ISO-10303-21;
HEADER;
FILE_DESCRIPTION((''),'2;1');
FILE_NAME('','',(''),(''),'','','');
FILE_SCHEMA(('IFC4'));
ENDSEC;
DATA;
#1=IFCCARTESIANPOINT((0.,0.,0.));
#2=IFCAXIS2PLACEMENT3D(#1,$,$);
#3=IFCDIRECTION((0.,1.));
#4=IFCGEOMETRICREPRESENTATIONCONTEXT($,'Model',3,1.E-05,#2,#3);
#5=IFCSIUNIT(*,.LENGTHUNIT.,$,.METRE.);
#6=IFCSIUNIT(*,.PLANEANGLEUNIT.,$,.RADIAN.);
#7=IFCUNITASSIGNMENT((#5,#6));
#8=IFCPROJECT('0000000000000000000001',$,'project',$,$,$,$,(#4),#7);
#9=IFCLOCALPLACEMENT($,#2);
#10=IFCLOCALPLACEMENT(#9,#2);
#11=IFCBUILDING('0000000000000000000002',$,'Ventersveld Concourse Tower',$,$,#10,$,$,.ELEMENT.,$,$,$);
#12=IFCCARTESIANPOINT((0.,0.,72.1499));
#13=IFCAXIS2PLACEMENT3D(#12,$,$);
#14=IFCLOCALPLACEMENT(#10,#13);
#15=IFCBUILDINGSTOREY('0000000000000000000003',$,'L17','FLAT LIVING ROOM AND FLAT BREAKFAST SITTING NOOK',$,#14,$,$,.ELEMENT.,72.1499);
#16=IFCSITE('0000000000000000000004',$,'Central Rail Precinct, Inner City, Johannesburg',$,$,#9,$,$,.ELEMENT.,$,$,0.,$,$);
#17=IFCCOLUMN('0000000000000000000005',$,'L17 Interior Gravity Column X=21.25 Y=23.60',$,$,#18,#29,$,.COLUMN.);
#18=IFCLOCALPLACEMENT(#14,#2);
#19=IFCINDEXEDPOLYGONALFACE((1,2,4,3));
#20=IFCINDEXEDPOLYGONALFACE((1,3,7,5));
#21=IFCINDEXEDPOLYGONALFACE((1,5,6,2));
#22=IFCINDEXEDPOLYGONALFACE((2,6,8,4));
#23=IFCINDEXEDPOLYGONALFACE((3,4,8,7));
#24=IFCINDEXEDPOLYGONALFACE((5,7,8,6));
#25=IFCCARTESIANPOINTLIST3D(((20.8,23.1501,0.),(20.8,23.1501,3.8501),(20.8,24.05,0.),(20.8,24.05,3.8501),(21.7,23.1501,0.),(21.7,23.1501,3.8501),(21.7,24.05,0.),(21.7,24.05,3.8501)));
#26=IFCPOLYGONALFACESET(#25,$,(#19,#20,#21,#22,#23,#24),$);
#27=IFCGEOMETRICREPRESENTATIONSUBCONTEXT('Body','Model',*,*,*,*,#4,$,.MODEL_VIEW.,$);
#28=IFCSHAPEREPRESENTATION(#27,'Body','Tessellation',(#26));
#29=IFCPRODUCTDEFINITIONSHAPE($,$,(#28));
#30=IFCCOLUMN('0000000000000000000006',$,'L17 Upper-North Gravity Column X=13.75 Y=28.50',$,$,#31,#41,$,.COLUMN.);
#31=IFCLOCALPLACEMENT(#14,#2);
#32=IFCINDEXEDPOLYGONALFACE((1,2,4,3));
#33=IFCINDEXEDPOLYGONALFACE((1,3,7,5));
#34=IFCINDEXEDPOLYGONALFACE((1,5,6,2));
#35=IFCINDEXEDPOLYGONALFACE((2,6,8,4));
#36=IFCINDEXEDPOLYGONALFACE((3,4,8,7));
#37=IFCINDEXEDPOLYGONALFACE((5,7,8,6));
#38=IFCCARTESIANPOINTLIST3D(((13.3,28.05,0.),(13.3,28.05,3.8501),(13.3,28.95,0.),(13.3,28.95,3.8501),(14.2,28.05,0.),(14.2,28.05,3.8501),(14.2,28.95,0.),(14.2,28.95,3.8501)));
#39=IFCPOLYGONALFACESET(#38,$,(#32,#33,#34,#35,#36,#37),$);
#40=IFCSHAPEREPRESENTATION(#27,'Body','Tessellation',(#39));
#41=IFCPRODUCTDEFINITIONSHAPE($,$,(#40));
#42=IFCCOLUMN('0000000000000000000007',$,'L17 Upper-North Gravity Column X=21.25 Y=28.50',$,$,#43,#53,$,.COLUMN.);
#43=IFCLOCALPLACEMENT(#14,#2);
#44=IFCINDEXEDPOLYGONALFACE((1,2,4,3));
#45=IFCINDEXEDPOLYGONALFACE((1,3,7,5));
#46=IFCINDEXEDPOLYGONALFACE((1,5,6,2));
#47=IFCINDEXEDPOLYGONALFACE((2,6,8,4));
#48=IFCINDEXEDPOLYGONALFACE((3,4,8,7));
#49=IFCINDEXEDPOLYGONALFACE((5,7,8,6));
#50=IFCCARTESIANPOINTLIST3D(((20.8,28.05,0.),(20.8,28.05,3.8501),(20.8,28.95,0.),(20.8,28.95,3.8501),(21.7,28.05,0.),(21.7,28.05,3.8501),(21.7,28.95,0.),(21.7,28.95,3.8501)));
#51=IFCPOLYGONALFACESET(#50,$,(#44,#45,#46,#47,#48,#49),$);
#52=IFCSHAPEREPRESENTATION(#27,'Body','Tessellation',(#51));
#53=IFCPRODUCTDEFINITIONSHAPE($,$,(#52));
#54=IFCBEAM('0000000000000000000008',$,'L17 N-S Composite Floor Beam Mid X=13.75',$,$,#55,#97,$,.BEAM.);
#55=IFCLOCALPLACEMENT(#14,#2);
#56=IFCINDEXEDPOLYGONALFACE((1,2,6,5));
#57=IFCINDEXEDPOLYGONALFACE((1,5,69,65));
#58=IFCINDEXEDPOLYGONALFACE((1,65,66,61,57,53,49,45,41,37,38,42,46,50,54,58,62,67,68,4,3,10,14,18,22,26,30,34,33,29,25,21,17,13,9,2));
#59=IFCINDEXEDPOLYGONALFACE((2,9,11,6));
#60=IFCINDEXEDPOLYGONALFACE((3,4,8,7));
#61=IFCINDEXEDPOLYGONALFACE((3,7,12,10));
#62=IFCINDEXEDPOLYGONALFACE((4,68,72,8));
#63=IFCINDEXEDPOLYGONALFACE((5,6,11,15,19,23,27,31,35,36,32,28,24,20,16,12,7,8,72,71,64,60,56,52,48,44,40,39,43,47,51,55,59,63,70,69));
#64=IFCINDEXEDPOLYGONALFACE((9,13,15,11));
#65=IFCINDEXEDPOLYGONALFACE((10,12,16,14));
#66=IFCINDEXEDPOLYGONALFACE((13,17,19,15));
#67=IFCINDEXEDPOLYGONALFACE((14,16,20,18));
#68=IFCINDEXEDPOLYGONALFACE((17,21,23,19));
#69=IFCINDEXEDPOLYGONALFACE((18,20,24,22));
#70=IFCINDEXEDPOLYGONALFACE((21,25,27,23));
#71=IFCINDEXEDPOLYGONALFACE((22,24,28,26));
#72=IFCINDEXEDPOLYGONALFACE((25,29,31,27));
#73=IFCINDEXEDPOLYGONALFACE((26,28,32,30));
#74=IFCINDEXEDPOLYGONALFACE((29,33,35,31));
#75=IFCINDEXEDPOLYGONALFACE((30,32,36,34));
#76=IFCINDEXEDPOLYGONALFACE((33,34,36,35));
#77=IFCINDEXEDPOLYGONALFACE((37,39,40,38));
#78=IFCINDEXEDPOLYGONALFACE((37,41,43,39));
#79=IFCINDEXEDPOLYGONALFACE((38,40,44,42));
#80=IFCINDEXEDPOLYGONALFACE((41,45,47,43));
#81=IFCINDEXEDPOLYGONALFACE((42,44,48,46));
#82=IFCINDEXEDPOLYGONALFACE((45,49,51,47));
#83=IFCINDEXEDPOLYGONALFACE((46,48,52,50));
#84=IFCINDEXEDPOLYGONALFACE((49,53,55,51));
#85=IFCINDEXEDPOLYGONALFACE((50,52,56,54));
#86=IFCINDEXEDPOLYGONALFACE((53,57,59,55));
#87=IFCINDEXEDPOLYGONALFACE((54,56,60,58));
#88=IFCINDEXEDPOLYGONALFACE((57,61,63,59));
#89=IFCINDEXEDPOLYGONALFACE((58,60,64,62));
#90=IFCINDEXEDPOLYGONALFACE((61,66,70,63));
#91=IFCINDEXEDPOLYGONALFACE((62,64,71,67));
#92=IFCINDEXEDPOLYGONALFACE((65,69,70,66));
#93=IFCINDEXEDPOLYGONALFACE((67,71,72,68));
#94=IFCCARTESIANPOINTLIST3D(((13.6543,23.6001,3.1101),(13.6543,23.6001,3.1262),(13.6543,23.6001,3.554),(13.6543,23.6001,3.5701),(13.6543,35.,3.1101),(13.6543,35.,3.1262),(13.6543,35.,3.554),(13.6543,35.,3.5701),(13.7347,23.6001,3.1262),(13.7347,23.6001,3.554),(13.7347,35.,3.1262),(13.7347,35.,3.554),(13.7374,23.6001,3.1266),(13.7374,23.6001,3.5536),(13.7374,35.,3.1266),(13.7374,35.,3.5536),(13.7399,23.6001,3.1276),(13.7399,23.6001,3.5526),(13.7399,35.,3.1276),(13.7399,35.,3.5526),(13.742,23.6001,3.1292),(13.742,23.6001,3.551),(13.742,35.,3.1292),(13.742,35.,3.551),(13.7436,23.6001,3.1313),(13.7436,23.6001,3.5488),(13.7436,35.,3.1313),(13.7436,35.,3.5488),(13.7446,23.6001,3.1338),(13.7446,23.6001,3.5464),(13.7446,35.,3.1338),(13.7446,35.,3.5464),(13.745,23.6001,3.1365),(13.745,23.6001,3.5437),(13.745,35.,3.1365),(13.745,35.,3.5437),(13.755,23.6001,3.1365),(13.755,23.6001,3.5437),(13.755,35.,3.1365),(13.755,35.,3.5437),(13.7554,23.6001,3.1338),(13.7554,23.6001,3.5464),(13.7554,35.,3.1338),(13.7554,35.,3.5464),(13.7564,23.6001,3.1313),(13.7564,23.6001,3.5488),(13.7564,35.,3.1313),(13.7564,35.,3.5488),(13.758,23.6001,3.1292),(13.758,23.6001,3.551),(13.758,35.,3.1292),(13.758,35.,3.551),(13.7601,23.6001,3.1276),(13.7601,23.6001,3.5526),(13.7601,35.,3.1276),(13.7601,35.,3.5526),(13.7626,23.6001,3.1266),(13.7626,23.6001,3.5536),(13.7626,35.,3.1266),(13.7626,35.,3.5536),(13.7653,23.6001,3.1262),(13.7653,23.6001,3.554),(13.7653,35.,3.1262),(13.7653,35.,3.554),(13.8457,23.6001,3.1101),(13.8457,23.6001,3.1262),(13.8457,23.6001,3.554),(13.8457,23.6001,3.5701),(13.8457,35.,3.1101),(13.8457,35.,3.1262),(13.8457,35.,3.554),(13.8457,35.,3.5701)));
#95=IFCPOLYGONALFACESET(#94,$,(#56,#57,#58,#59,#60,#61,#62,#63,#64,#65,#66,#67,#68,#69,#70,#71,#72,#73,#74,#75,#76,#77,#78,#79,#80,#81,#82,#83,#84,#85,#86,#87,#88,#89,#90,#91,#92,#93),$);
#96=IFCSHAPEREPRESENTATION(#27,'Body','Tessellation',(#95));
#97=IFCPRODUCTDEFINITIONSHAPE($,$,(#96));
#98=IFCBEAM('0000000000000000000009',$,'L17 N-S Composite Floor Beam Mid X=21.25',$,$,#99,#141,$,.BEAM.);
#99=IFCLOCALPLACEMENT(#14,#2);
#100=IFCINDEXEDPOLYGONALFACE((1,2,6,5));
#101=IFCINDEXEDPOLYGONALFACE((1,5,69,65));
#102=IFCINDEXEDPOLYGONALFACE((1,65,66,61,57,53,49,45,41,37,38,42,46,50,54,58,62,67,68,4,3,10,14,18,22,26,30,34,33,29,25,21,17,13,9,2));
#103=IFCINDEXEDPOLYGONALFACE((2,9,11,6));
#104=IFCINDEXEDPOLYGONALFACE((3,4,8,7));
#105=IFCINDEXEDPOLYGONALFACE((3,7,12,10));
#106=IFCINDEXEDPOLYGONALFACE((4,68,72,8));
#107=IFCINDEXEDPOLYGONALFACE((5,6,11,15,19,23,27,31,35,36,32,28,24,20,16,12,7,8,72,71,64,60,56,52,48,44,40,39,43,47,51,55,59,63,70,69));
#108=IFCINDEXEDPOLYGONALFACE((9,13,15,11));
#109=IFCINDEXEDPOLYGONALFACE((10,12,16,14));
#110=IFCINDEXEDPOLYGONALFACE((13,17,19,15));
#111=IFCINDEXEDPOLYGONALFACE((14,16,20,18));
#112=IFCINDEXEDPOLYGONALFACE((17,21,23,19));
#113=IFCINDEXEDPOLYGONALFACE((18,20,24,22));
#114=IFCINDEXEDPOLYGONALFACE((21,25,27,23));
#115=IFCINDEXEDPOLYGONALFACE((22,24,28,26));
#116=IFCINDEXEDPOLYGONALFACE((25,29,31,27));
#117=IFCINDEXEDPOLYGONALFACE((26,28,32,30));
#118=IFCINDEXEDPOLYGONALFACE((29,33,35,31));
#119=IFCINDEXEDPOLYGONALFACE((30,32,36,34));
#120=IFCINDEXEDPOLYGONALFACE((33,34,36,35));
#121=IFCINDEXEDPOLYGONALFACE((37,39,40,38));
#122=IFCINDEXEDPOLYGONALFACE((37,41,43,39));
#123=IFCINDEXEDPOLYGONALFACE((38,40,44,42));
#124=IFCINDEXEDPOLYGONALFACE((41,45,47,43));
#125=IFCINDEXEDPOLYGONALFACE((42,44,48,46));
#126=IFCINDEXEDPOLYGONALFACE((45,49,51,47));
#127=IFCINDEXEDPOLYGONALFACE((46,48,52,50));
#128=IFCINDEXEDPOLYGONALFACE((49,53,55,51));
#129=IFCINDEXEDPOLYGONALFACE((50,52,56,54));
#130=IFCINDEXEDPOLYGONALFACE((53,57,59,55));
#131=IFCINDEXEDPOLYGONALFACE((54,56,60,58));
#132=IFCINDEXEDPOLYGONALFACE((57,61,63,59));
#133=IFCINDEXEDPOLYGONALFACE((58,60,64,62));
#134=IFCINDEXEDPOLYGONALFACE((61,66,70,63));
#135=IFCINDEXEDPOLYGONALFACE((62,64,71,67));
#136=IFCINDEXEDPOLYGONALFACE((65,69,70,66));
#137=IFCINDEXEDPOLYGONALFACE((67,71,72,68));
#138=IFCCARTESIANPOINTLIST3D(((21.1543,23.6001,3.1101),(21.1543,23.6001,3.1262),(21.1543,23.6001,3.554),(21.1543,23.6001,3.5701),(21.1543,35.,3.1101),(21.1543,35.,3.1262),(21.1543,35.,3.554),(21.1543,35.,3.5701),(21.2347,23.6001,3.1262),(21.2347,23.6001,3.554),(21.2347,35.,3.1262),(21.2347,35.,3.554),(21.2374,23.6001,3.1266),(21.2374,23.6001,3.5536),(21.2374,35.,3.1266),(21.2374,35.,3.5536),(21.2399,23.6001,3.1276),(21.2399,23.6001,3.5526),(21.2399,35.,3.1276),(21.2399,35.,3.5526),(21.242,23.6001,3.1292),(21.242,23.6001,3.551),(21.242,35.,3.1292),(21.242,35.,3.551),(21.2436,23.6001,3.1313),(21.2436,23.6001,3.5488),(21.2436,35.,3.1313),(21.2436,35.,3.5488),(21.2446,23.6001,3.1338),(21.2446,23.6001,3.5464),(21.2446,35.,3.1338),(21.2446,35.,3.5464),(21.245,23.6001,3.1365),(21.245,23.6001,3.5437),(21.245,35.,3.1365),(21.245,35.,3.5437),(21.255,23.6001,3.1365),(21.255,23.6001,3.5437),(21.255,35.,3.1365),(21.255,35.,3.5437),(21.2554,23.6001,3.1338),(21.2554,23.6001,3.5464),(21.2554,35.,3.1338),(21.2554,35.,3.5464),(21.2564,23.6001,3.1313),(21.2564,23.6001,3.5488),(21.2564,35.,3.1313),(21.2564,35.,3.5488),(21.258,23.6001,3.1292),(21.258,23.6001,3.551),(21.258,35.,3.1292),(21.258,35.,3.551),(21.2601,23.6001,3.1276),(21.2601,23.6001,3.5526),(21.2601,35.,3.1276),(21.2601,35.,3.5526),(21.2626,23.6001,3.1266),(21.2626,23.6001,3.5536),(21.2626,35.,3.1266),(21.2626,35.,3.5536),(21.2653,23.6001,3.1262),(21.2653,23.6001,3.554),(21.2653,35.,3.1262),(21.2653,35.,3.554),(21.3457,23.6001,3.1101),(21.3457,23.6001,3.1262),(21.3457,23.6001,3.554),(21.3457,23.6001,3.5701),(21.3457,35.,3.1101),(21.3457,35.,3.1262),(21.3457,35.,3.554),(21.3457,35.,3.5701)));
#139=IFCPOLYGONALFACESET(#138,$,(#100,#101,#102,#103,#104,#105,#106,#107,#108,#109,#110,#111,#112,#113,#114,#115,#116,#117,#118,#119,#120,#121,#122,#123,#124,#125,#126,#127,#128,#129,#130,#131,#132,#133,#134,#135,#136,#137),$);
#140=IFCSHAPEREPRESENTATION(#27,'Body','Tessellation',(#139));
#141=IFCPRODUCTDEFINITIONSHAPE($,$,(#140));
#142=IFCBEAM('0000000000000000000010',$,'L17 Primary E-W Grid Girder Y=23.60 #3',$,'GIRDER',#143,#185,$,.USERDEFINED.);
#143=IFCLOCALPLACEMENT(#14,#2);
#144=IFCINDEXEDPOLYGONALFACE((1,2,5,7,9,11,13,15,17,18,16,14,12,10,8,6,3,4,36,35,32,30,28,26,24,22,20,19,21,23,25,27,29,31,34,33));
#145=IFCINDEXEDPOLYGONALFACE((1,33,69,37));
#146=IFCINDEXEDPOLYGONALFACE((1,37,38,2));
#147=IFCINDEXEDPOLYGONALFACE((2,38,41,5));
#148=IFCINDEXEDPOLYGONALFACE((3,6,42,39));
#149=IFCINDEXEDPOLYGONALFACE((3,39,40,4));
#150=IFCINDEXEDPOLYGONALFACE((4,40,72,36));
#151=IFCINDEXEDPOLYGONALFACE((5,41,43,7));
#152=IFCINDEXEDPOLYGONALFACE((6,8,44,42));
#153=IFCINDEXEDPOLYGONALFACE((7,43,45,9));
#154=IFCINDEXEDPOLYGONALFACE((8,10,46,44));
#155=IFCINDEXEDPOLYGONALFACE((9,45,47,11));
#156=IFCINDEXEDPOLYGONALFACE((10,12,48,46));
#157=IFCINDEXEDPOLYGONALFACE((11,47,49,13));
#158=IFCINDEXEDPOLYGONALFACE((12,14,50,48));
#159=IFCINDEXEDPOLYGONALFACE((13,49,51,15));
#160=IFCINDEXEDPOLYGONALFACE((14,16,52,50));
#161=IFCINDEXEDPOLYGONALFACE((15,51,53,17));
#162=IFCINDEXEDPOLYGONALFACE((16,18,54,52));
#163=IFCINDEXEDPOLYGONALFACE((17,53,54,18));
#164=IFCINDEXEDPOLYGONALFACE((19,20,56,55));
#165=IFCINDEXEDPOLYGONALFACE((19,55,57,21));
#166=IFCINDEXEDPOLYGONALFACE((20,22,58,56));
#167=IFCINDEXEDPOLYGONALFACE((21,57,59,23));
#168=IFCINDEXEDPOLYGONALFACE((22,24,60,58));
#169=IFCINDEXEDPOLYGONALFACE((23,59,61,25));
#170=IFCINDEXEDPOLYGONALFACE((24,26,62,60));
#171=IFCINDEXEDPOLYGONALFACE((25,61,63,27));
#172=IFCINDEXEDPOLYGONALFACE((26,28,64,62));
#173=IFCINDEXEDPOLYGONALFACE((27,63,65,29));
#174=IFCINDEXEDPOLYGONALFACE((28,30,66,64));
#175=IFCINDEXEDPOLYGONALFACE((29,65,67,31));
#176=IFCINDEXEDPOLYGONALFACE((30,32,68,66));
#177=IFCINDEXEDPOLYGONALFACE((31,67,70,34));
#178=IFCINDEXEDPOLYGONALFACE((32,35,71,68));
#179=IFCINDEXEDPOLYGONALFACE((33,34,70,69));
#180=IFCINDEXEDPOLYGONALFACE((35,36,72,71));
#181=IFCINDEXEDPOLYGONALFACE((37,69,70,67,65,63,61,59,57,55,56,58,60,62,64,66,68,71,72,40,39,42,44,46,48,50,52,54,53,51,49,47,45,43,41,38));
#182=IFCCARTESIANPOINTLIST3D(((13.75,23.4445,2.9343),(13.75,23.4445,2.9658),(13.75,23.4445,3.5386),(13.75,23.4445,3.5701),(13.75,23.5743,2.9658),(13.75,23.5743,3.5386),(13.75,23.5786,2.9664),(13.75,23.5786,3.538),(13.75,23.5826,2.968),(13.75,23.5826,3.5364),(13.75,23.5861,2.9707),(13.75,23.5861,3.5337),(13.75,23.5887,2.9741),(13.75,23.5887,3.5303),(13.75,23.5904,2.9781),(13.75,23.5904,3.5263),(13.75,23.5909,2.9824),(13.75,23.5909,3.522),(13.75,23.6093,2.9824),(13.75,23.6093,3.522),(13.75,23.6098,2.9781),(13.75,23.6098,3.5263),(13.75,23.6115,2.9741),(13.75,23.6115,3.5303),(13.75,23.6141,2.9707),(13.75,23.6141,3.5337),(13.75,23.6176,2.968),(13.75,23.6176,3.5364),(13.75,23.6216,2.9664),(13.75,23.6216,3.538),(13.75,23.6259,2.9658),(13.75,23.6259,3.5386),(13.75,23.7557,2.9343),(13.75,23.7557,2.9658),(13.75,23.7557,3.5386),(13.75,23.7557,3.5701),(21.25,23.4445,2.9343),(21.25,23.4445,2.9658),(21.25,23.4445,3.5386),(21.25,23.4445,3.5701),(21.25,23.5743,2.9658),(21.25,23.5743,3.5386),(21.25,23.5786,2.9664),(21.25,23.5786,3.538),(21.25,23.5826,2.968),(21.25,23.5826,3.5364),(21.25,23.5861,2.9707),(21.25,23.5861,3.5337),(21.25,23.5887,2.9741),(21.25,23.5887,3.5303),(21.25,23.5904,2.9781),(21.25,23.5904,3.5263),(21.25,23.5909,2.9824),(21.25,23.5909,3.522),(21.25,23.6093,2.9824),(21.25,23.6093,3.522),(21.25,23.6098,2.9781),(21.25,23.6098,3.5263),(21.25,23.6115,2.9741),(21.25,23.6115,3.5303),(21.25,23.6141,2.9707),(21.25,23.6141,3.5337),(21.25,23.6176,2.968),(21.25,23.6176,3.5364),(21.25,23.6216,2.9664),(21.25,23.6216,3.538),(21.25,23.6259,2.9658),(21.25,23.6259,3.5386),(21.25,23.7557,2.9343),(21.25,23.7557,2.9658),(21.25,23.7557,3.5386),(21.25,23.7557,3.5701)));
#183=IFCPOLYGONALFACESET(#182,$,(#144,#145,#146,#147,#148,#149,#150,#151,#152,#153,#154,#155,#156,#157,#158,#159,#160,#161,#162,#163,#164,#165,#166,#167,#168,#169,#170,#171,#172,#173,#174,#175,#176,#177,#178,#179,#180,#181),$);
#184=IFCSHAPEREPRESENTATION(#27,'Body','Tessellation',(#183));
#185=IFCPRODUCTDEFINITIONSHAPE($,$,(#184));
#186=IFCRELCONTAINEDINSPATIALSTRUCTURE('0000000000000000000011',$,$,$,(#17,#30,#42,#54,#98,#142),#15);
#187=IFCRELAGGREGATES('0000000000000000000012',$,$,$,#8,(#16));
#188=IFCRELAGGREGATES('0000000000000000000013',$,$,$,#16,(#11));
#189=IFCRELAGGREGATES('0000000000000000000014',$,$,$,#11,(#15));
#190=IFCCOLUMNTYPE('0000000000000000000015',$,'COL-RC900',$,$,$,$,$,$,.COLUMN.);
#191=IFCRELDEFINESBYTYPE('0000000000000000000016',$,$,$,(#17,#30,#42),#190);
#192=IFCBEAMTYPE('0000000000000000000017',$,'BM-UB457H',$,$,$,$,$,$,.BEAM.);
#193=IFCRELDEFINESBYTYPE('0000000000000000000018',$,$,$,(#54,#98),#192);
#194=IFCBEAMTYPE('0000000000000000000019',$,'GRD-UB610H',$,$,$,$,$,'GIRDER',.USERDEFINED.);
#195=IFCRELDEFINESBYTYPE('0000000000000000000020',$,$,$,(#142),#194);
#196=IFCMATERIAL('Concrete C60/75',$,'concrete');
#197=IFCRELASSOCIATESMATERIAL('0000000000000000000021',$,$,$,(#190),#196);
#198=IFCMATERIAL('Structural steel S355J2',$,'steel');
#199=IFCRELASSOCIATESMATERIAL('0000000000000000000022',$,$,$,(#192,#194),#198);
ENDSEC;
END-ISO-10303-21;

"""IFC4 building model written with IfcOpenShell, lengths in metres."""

from ifc_helpers import new_model, si_unit, direction, frame, origin, origin_2d, place, context, subcontext, project, spatial, rectangle, i_section, extrude, material, material_profile, profile_set, type_object, element, save


model = new_model("IFC4")

# Units and contexts
model_context = context("Model", 3, precision=1e-05, world=origin(), true_north=direction((0.0, 1.0)))
body_context = subcontext(model_context, "Body", "Model", "MODEL_VIEW")
ifc_project = project(units=[si_unit("LENGTHUNIT", "METRE"), si_unit("PLANEANGLEUNIT", "RADIAN")], contexts=[model_context])

# Site, building, storey
site_placement = place(None, origin())
site = spatial("IfcSite", under=ifc_project, at=site_placement, Name="Central Rail Precinct, Inner City, Johannesburg", CompositionType="ELEMENT", RefElevation=0.0)
building_placement = place(site_placement, origin())
building = spatial("IfcBuilding", under=site, at=building_placement, Name="Ventersveld Concourse Tower", CompositionType="ELEMENT")
storey_placement = place(building_placement, frame((0.0, 0.0, 72.1499)))
storey = spatial("IfcBuildingStorey", under=building, at=storey_placement, Name="L17", Description="FLAT LIVING ROOM AND FLAT BREAKFAST SITTING NOOK", CompositionType="ELEMENT", Elevation=72.1499)

# Columns
ifc_material_1 = material(Name="Concrete C60/75", Category="concrete")
ifc_material_profile_1 = material_profile(ifc_material_1, rectangle(XDim=0.8999, YDim=0.8999, at=origin_2d()), Name="RC 900x900")
ifc_profile_set_1 = profile_set([ifc_material_profile_1], Name="Concrete C60/75")
column_type = type_object("IfcColumnType", Name="COL-RC900", PredefinedType="COLUMN", material=ifc_profile_set_1)
for number, where, z_axis, x_axis, name in (
    (1, (21.25, 23.6001, 0.0), (0.0, 0.0, 1.0), (1.0, 0.0, 0.0), "L17 Interior Gravity Column X=21.25 Y=23.60"),
    (2, (13.75, 28.5, 0.0), (0.0, 0.0, 1.0), (1.0, 0.0, 0.0), "L17 Upper-North Gravity Column X=13.75 Y=28.50"),
    (3, (21.25, 28.5, 0.0), (0.0, 0.0, 1.0), (1.0, 0.0, 0.0), "L17 Upper-North Gravity Column X=21.25 Y=28.50"),
):
    element("IfcColumn", number, at=place(storey_placement, frame(where, z_axis=z_axis, x_axis=x_axis)), inside=storey, type_object=column_type, Name=name, PredefinedType="COLUMN", context=body_context, shape_type="SweptSolid", body=[
        extrude(rectangle(XDim=0.8999, YDim=0.8999, at=origin_2d()), origin(), (0.0, 0.0, 1.0), 3.8501),
    ])

# Beams
ifc_material_2 = material(Name="Structural steel S355J2", Category="steel")
ifc_material_profile_2 = material_profile(ifc_material_2, i_section(OverallWidth=0.1914, OverallDepth=0.46, WebThickness=0.01, FlangeThickness=0.0161, FilletRadius=0.0103, at=origin_2d()), Name="UB 457x191x82")
ifc_profile_set_2 = profile_set([ifc_material_profile_2], Name="Structural steel S355J2")
beam_type_1 = type_object("IfcBeamType", Name="BM-UB457H", PredefinedType="BEAM", material=ifc_profile_set_2)
for number, where, z_axis, x_axis, name in (
    (4, (13.75, 23.6001, 3.3401), (0.0, 1.0, 0.0), (-1.0, 0.0, 0.0), "L17 N-S Composite Floor Beam Mid X=13.75"),
    (5, (21.25, 23.6001, 3.3401), (0.0, 1.0, 0.0), (-1.0, 0.0, 0.0), "L17 N-S Composite Floor Beam Mid X=21.25"),
):
    element("IfcBeam", number, at=place(storey_placement, frame(where, z_axis=z_axis, x_axis=x_axis)), inside=storey, type_object=beam_type_1, Name=name, PredefinedType="BEAM", context=body_context, shape_type="SweptSolid", body=[
        extrude(i_section(OverallWidth=0.1914, OverallDepth=0.46, WebThickness=0.01, FlangeThickness=0.0161, FilletRadius=0.0103, at=origin_2d()), origin(), (0.0, 0.0, 1.0), 11.3999),
    ])
ifc_material_profile_3 = material_profile(ifc_material_2, i_section(OverallWidth=0.3113, OverallDepth=0.6357, WebThickness=0.0183, FlangeThickness=0.0315, FilletRadius=0.0166, at=origin_2d()), Name="UB 610x305x238")
ifc_profile_set_3 = profile_set([ifc_material_profile_3], Name="Structural steel S355J2")
beam_type_2 = type_object("IfcBeamType", Name="GRD-UB610H", ElementType="GIRDER", PredefinedType="USERDEFINED", material=ifc_profile_set_3)
for number, where, z_axis, x_axis, name in (
    (6, (13.75, 23.6001, 3.2522), (1.0, 0.0, 0.0), (0.0, 1.0, 0.0), "L17 Primary E-W Grid Girder Y=23.60 #3"),
):
    element("IfcBeam", number, at=place(storey_placement, frame(where, z_axis=z_axis, x_axis=x_axis)), inside=storey, type_object=beam_type_2, Name=name, ObjectType="GIRDER", PredefinedType="USERDEFINED", context=body_context, shape_type="SweptSolid", body=[
        extrude(i_section(OverallWidth=0.3113, OverallDepth=0.6357, WebThickness=0.0183, FlangeThickness=0.0315, FilletRadius=0.0166, at=origin_2d()), origin(), (0.0, 0.0, 1.0), 7.5),
    ])

save(model, "model.ifc")
